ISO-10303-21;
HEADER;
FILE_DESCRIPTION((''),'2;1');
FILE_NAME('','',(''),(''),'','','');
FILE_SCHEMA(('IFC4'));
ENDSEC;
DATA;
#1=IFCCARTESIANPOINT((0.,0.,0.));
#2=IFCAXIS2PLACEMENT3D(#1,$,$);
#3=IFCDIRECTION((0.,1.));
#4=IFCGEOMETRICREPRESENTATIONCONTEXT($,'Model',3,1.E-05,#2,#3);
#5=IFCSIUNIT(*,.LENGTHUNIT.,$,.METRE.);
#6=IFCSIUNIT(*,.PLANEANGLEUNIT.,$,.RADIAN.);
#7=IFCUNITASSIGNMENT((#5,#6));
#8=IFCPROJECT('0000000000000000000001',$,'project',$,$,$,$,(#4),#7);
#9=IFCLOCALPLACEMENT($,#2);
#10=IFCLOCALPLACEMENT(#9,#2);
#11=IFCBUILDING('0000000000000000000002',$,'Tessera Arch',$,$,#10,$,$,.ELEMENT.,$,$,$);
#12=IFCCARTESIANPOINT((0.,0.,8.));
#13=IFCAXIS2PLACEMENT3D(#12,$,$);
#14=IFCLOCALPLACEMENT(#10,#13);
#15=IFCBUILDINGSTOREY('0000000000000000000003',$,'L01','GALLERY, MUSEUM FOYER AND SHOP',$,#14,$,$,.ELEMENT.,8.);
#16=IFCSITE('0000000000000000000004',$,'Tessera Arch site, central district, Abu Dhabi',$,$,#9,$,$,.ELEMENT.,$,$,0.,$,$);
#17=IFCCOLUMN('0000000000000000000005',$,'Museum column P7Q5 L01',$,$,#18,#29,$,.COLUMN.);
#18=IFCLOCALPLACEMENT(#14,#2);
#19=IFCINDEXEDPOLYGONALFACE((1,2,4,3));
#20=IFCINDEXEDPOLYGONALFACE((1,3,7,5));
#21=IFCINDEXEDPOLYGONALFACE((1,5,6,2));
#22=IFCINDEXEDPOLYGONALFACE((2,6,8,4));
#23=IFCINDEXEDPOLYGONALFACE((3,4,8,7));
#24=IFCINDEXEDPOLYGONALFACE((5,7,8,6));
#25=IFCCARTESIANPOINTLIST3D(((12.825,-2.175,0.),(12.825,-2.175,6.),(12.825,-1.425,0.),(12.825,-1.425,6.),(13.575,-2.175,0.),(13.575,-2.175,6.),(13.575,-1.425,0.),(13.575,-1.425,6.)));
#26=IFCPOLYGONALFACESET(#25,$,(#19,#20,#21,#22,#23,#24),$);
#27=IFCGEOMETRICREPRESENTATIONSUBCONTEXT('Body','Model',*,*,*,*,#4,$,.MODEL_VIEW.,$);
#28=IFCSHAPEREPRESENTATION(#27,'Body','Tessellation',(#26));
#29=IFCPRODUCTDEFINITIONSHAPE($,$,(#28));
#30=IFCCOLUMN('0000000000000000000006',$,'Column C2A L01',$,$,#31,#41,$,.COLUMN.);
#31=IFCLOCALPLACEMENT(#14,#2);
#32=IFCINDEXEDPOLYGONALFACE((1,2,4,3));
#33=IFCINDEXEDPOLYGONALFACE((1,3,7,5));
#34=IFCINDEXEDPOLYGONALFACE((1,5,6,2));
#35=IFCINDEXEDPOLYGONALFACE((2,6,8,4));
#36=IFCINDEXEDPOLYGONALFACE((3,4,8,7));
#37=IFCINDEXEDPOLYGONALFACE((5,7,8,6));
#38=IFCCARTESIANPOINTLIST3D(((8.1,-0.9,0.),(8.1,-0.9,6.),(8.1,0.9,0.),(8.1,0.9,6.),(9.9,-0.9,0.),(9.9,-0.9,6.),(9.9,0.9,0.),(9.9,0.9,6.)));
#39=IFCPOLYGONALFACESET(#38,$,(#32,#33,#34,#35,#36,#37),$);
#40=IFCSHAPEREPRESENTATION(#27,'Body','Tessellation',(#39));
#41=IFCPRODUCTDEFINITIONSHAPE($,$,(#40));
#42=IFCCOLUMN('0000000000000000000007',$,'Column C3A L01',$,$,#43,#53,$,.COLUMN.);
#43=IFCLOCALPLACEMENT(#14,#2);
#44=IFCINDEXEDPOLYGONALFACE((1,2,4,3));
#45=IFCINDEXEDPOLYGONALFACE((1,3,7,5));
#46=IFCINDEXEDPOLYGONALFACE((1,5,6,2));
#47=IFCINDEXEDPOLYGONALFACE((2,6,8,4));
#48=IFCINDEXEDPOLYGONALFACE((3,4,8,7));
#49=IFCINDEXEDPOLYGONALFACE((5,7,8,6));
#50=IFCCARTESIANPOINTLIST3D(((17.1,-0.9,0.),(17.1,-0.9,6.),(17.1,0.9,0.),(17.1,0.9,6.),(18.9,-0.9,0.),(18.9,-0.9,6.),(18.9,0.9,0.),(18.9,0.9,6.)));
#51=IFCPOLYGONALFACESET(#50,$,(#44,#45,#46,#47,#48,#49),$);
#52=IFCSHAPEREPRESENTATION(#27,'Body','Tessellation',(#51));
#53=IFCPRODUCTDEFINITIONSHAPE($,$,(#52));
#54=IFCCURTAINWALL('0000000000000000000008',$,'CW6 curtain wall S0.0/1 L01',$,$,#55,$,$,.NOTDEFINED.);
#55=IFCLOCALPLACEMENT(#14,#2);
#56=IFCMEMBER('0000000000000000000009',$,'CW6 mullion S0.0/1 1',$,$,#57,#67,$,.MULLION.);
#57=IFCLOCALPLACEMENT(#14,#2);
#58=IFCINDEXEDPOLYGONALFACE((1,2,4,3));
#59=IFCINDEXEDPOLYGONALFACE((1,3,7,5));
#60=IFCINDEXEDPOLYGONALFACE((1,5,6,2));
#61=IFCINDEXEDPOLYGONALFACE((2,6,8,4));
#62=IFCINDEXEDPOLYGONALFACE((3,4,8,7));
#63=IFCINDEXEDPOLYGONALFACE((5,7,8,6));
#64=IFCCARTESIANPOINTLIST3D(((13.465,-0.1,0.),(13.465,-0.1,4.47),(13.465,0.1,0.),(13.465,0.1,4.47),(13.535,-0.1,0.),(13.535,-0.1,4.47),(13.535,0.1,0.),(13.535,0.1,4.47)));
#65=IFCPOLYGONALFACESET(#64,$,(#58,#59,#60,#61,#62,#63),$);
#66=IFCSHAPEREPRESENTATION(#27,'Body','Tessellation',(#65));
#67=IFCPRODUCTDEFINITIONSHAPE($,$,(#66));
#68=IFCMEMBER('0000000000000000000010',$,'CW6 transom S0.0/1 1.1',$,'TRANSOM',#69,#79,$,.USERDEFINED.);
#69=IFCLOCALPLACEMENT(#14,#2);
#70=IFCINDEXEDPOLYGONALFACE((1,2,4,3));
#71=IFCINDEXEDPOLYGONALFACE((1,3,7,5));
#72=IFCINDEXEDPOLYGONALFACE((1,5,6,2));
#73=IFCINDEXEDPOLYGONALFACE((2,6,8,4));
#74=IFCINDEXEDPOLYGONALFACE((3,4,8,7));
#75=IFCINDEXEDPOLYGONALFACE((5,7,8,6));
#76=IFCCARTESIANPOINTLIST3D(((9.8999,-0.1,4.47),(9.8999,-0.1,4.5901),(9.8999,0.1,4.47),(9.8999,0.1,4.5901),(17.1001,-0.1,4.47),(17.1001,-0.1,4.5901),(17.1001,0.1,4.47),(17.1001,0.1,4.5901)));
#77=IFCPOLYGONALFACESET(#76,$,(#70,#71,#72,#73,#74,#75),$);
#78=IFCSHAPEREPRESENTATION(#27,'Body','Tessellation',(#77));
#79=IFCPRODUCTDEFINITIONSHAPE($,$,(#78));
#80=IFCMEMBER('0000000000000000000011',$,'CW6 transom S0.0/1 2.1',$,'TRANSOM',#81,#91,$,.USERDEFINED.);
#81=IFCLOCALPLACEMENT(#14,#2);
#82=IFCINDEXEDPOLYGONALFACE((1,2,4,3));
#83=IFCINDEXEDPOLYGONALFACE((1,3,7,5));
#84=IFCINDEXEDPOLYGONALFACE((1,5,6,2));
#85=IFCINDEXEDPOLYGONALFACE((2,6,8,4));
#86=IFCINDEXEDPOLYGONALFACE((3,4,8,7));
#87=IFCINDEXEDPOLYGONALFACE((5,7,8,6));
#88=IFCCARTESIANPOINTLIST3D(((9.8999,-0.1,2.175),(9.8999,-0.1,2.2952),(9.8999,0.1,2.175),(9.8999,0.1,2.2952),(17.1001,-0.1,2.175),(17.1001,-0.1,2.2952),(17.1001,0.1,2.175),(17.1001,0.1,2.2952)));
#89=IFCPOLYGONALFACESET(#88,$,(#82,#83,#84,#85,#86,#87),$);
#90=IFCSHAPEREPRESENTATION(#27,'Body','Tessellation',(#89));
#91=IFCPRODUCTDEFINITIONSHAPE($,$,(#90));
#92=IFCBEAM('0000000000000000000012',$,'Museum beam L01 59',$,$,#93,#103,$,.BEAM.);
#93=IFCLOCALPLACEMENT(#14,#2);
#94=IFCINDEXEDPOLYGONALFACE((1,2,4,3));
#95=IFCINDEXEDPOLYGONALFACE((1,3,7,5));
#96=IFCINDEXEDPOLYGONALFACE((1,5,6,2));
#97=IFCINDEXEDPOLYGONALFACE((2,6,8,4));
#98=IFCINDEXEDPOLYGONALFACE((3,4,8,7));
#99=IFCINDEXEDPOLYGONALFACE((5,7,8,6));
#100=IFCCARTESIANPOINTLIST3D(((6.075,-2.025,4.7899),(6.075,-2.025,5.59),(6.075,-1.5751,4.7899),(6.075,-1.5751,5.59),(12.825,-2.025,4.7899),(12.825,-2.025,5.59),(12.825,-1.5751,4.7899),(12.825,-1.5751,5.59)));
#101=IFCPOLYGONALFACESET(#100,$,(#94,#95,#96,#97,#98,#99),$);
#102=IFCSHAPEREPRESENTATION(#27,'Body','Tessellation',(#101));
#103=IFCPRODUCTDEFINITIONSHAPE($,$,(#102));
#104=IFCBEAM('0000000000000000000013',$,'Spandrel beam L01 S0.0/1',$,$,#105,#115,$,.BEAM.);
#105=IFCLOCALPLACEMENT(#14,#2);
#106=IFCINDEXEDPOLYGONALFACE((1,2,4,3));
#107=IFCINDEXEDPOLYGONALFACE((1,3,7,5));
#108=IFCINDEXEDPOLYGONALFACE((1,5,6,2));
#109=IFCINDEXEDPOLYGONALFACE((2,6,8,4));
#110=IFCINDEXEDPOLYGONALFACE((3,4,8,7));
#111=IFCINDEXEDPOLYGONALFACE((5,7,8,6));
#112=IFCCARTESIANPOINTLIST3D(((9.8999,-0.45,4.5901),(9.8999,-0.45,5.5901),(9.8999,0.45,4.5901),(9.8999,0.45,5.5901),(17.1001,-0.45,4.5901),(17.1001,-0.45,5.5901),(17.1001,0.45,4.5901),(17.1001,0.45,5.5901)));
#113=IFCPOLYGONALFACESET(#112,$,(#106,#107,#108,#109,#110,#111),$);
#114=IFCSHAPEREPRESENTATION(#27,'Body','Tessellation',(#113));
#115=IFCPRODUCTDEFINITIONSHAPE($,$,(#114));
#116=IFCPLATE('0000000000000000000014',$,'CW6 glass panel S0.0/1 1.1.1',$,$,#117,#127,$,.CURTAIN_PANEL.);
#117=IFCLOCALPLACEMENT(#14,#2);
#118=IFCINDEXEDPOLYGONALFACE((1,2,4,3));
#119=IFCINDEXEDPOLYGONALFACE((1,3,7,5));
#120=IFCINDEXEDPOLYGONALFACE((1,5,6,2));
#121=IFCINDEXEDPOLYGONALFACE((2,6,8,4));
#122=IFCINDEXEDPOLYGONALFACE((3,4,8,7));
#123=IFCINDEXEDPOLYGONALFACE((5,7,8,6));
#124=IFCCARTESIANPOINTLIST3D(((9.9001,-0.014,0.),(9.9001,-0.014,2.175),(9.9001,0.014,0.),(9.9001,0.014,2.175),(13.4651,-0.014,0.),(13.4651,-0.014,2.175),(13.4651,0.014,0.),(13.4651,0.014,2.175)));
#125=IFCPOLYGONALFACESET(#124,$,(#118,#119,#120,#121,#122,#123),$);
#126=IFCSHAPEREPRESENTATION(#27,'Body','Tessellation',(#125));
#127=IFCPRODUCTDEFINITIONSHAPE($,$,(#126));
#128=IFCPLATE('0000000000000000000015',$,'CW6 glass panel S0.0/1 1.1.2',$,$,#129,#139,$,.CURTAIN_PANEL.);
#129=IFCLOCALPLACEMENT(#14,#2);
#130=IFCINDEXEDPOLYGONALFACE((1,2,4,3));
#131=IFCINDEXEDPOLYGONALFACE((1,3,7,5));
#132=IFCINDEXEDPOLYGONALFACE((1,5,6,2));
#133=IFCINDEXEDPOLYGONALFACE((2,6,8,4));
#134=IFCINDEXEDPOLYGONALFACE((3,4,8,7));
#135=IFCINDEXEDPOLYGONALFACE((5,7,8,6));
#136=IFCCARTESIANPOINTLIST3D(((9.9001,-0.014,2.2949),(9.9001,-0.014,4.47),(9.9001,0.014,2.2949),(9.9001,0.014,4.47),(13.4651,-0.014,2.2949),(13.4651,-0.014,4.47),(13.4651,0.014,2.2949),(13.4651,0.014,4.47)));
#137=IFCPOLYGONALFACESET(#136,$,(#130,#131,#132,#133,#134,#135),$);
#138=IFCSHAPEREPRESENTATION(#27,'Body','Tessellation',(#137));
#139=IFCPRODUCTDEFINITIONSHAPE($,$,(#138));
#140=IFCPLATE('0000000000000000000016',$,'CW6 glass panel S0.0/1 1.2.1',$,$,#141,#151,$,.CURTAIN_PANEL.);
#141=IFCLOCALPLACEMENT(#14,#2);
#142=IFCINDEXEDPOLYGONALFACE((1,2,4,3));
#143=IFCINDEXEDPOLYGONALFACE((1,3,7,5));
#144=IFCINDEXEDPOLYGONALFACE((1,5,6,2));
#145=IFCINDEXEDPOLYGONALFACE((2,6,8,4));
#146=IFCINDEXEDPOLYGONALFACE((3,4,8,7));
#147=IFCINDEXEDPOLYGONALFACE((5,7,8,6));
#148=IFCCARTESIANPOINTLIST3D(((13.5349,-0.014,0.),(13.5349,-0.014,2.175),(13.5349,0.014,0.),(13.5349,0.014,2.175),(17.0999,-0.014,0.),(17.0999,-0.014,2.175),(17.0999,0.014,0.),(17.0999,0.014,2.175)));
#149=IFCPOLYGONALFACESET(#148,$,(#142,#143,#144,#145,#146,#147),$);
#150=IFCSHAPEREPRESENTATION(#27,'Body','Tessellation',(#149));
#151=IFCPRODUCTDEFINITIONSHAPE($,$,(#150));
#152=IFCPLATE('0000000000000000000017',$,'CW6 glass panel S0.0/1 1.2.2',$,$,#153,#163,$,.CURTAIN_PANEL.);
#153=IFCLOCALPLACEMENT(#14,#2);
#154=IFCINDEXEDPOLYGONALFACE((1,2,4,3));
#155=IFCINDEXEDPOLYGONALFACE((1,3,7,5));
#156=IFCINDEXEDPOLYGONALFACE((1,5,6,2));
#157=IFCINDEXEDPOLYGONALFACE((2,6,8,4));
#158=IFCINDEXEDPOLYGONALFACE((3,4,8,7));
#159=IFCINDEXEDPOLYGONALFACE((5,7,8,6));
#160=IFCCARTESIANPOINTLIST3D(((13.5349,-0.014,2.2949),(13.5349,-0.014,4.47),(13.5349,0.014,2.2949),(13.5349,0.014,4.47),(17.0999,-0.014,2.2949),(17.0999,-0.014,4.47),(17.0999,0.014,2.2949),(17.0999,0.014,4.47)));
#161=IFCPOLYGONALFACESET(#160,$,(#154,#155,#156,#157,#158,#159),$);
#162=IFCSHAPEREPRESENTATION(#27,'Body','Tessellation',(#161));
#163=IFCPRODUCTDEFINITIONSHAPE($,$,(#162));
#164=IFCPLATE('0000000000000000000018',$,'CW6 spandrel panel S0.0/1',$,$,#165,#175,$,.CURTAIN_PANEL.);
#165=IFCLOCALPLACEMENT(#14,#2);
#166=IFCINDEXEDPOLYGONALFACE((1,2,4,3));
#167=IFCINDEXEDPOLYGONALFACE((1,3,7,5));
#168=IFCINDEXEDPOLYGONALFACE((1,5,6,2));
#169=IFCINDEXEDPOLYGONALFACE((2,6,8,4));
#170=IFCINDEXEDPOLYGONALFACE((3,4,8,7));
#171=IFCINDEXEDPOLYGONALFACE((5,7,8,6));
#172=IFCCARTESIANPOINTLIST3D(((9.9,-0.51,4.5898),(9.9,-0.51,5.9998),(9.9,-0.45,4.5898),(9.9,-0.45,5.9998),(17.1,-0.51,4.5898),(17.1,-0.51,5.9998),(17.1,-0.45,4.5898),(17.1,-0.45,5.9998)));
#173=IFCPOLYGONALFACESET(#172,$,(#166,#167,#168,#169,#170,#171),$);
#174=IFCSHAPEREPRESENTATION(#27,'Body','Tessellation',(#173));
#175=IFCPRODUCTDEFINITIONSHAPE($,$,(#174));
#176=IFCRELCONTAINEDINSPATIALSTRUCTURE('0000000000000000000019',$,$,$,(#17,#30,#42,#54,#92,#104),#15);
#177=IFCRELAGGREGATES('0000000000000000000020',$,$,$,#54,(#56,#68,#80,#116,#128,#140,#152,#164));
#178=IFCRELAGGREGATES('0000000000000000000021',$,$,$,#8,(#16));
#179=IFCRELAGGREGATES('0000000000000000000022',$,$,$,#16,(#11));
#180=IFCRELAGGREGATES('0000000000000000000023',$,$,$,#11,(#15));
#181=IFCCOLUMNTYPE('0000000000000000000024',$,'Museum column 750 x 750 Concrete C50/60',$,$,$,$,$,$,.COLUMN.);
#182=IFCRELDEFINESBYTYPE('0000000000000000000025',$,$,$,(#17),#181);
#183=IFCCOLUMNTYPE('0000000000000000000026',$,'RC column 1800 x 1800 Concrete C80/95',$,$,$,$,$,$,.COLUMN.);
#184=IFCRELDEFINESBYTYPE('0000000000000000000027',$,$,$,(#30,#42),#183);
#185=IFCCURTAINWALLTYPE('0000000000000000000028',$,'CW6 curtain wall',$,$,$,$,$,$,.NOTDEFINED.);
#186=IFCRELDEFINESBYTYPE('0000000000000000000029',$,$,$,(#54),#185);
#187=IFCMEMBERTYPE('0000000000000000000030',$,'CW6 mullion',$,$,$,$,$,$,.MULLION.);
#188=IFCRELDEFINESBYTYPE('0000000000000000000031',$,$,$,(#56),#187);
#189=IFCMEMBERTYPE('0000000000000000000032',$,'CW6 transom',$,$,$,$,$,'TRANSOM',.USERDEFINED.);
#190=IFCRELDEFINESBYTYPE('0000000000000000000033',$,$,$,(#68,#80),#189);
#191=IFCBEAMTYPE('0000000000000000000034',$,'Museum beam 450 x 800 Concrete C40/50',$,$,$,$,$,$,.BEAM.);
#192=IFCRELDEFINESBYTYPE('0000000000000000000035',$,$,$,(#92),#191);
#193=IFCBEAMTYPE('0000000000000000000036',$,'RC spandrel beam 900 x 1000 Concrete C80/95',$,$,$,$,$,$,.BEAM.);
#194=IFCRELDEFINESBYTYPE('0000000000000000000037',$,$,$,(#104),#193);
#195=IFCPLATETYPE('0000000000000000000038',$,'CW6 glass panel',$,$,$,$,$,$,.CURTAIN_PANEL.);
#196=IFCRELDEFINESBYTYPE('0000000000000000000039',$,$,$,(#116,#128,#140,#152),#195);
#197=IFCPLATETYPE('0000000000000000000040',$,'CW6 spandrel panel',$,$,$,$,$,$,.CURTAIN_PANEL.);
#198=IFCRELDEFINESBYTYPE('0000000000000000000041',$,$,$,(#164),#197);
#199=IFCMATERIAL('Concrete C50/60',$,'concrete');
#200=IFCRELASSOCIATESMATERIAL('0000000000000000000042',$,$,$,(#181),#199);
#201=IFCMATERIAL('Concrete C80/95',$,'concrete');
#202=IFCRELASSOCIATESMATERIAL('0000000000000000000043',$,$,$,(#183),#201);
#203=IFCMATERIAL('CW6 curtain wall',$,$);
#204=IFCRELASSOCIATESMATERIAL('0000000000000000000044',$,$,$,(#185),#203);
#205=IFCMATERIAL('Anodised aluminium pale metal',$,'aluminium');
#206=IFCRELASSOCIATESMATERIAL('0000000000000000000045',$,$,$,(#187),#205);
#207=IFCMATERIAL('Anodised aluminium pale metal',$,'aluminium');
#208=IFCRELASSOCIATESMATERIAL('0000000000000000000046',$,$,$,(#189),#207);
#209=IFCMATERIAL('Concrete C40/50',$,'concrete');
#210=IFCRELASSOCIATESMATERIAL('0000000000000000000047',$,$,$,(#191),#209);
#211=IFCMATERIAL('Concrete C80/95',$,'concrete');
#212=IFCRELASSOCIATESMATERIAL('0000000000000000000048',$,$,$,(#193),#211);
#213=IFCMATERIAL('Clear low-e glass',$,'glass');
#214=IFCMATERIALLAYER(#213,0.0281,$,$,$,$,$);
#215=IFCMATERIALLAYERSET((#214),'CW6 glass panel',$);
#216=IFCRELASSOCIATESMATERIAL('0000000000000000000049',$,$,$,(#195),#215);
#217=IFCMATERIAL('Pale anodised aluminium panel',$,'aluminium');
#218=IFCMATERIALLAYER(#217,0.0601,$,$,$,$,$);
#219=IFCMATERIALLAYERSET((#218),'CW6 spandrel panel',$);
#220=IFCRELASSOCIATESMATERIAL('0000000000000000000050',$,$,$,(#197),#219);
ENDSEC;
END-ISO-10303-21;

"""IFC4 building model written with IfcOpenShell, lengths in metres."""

from ifc_helpers import new_model, si_unit, direction, frame, origin, origin_2d, place, context, subcontext, project, spatial, rectangle, extrude, material, layer, layer_set, material_profile, profile_set, type_object, element, aggregate, save


model = new_model("IFC4")

# Units and contexts
model_context = context("Model", 3, precision=1e-05, world=origin(), true_north=direction((0.0, 1.0)))
body_context = subcontext(model_context, "Body", "Model", "MODEL_VIEW")
ifc_project = project(units=[si_unit("LENGTHUNIT", "METRE"), si_unit("PLANEANGLEUNIT", "RADIAN")], contexts=[model_context])

# Site, building, storey
site_placement = place(None, origin())
site = spatial("IfcSite", under=ifc_project, at=site_placement, Name="Tessera Arch site, central district, Abu Dhabi", CompositionType="ELEMENT", RefElevation=0.0)
building_placement = place(site_placement, origin())
building = spatial("IfcBuilding", under=site, at=building_placement, Name="Tessera Arch", CompositionType="ELEMENT")
storey_placement = place(building_placement, frame((0.0, 0.0, 8.0)))
storey = spatial("IfcBuildingStorey", under=building, at=storey_placement, Name="L01", Description="GALLERY, MUSEUM FOYER AND SHOP", CompositionType="ELEMENT", Elevation=8.0)

# Columns
ifc_material_1 = material(Name="Concrete C50/60", Category="concrete")
ifc_material_profile_1 = material_profile(ifc_material_1, rectangle(XDim=0.75, YDim=0.75, at=origin_2d()), Name="Museum column 750 x 750 Concrete C50/60")
ifc_profile_set_1 = profile_set([ifc_material_profile_1], Name="Concrete C50/60")
column_type_1 = type_object("IfcColumnType", Name="Museum column 750 x 750 Concrete C50/60", PredefinedType="COLUMN", material=ifc_profile_set_1)
column_placement = place(storey_placement, frame((13.2, -1.8, 0.0), z_axis=(0.0, 0.0, 1.0), x_axis=(1.0, 0.0, 0.0)))
element("IfcColumn", 1, at=column_placement, inside=storey, type_object=column_type_1, Name="Museum column P7Q5 L01", PredefinedType="COLUMN", context=body_context, shape_type="SweptSolid", body=[
    extrude(rectangle(XDim=0.75, YDim=0.75, at=origin_2d()), origin(), (0.0, 0.0, 1.0), 6.0),
])
ifc_material_2 = material(Name="Concrete C80/95", Category="concrete")
ifc_material_profile_2 = material_profile(ifc_material_2, rectangle(XDim=1.8, YDim=1.8, at=origin_2d()), Name="RC column 1800 x 1800 Concrete C80/95")
ifc_profile_set_2 = profile_set([ifc_material_profile_2], Name="Concrete C80/95")
column_type_2 = type_object("IfcColumnType", Name="RC column 1800 x 1800 Concrete C80/95", PredefinedType="COLUMN", material=ifc_profile_set_2)
for number, where, z_axis, x_axis, name in (
    (2, (9.0, 0.0, 0.0), (0.0, 0.0, 1.0), (1.0, 0.0, 0.0), "Column C2A L01"),
    (3, (18.0, 0.0, 0.0), (0.0, 0.0, 1.0), (1.0, 0.0, 0.0), "Column C3A L01"),
):
    element("IfcColumn", number, at=place(storey_placement, frame(where, z_axis=z_axis, x_axis=x_axis)), inside=storey, type_object=column_type_2, Name=name, PredefinedType="COLUMN", context=body_context, shape_type="SweptSolid", body=[
        extrude(rectangle(XDim=1.8, YDim=1.8, at=origin_2d()), origin(), (0.0, 0.0, 1.0), 6.0),
    ])

# Curtain wall, members
ifc_material_3 = material(Name="CW6 curtain wall")
curtain_wall_type = type_object("IfcCurtainWallType", Name="CW6 curtain wall", PredefinedType="NOTDEFINED", material=ifc_material_3)
curtain_wall_placement = place(storey_placement, origin())
curtain_wall = element("IfcCurtainWall", 4, at=curtain_wall_placement, inside=storey, type_object=curtain_wall_type, Name="CW6 curtain wall S0.0/1 L01", PredefinedType="NOTDEFINED")
ifc_material_4 = material(Name="Anodised aluminium pale metal", Category="aluminium")
ifc_material_profile_3 = material_profile(ifc_material_4, rectangle(XDim=0.2, YDim=0.0701, at=origin_2d()), Name="AL 70x200")
ifc_profile_set_3 = profile_set([ifc_material_profile_3], Name="Anodised aluminium pale metal")
member_type_1 = type_object("IfcMemberType", Name="CW6 mullion", PredefinedType="MULLION", material=ifc_profile_set_3)
member_1_placement = place(storey_placement, frame((13.5, 0.0, 0.0), z_axis=(0.0, 0.0, 1.0), x_axis=(0.0, 1.0, 0.0)))
member_1 = element("IfcMember", 5, at=member_1_placement, type_object=member_type_1, Name="CW6 mullion S0.0/1 1", PredefinedType="MULLION", context=body_context, shape_type="SweptSolid", body=[
    extrude(rectangle(XDim=0.2, YDim=0.0701, at=origin_2d()), origin(), (0.0, 0.0, 1.0), 4.47),
])
ifc_material_5 = material(Name="Anodised aluminium pale metal", Category="aluminium")
ifc_material_profile_4 = material_profile(ifc_material_5, rectangle(XDim=0.2, YDim=0.1201, at=origin_2d()), Name="AL 200x120")
ifc_profile_set_4 = profile_set([ifc_material_profile_4], Name="Anodised aluminium pale metal")
member_type_2 = type_object("IfcMemberType", Name="CW6 transom", ElementType="TRANSOM", PredefinedType="USERDEFINED", material=ifc_profile_set_4)
member_2_placement = place(storey_placement, frame((9.8999, 0.0, 4.53), z_axis=(1.0, 0.0, 0.0), x_axis=(0.0, 1.0, 0.0)))
member_2 = element("IfcMember", 6, at=member_2_placement, type_object=member_type_2, Name="CW6 transom S0.0/1 1.1", ObjectType="TRANSOM", PredefinedType="USERDEFINED", context=body_context, shape_type="SweptSolid", body=[
    extrude(rectangle(XDim=0.2, YDim=0.1201, at=origin_2d()), origin(), (0.0, 0.0, 1.0), 7.2002),
])
member_3_placement = place(storey_placement, frame((9.8999, 0.0, 2.2351), z_axis=(1.0, 0.0, 0.0), x_axis=(0.0, 1.0, 0.0)))
member_3 = element("IfcMember", 7, at=member_3_placement, type_object=member_type_2, Name="CW6 transom S0.0/1 2.1", ObjectType="TRANSOM", PredefinedType="USERDEFINED", context=body_context, shape_type="SweptSolid", body=[
    extrude(rectangle(XDim=0.2, YDim=0.1201, at=origin_2d()), origin(), (0.0, 0.0, 1.0), 7.2002),
])

# Beams
ifc_material_6 = material(Name="Concrete C40/50", Category="concrete")
ifc_material_profile_5 = material_profile(ifc_material_6, rectangle(XDim=0.45, YDim=0.8, at=origin_2d()), Name="Museum beam 450 x 800 Concrete C40/50")
ifc_profile_set_5 = profile_set([ifc_material_profile_5], Name="Concrete C40/50")
beam_type_1 = type_object("IfcBeamType", Name="Museum beam 450 x 800 Concrete C40/50", PredefinedType="BEAM", material=ifc_profile_set_5)
beam_1_placement = place(storey_placement, frame((6.075, -1.8, 5.1899), z_axis=(1.0, 0.0, 0.0), x_axis=(0.0, 1.0, 0.0)))
element("IfcBeam", 8, at=beam_1_placement, inside=storey, type_object=beam_type_1, Name="Museum beam L01 59", PredefinedType="BEAM", context=body_context, shape_type="SweptSolid", body=[
    extrude(rectangle(XDim=0.45, YDim=0.8, at=origin_2d()), origin(), (0.0, 0.0, 1.0), 6.75),
])
ifc_material_7 = material(Name="Concrete C80/95", Category="concrete")
ifc_material_profile_6 = material_profile(ifc_material_7, rectangle(XDim=0.8999, YDim=1.0, at=origin_2d()), Name="RC spandrel beam 900 x 1000 Concrete C80/95")
ifc_profile_set_6 = profile_set([ifc_material_profile_6], Name="Concrete C80/95")
beam_type_2 = type_object("IfcBeamType", Name="RC spandrel beam 900 x 1000 Concrete C80/95", PredefinedType="BEAM", material=ifc_profile_set_6)
beam_2_placement = place(storey_placement, frame((9.8999, 0.0, 5.0901), z_axis=(1.0, 0.0, 0.0), x_axis=(0.0, 1.0, 0.0)))
element("IfcBeam", 9, at=beam_2_placement, inside=storey, type_object=beam_type_2, Name="Spandrel beam L01 S0.0/1", PredefinedType="BEAM", context=body_context, shape_type="SweptSolid", body=[
    extrude(rectangle(XDim=0.8999, YDim=1.0, at=origin_2d()), origin(), (0.0, 0.0, 1.0), 7.2002),
])

# Plates
ifc_material_8 = material(Name="Clear low-e glass", Category="glass")
ifc_layer_1 = layer(ifc_material_8, 0.0281)
ifc_layer_set_1 = layer_set([ifc_layer_1], Name="CW6 glass panel")
plate_type_1 = type_object("IfcPlateType", Name="CW6 glass panel", PredefinedType="CURTAIN_PANEL", material=ifc_layer_set_1)
plate_1_placement = place(storey_placement, frame((11.6826, 0.0, 0.0), z_axis=(0.0, 0.0, 1.0), x_axis=(1.0, 0.0, 0.0)))
plate_1 = element("IfcPlate", 10, at=plate_1_placement, type_object=plate_type_1, Name="CW6 glass panel S0.0/1 1.1.1", PredefinedType="CURTAIN_PANEL", context=body_context, shape_type="SweptSolid", body=[
    extrude(rectangle(XDim=3.5649, YDim=0.0281, at=origin_2d()), origin(), (0.0, 0.0, 1.0), 2.175),
])
plate_2_placement = place(storey_placement, frame((11.6826, 0.0, 2.2949), z_axis=(0.0, 0.0, 1.0), x_axis=(1.0, 0.0, 0.0)))
plate_2 = element("IfcPlate", 11, at=plate_2_placement, type_object=plate_type_1, Name="CW6 glass panel S0.0/1 1.1.2", PredefinedType="CURTAIN_PANEL", context=body_context, shape_type="SweptSolid", body=[
    extrude(rectangle(XDim=3.5649, YDim=0.0281, at=origin_2d()), origin(), (0.0, 0.0, 1.0), 2.175),
])
plate_3_placement = place(storey_placement, frame((15.3174, 0.0, 0.0), z_axis=(0.0, 0.0, 1.0), x_axis=(1.0, 0.0, 0.0)))
plate_3 = element("IfcPlate", 12, at=plate_3_placement, type_object=plate_type_1, Name="CW6 glass panel S0.0/1 1.2.1", PredefinedType="CURTAIN_PANEL", context=body_context, shape_type="SweptSolid", body=[
    extrude(rectangle(XDim=3.5649, YDim=0.0281, at=origin_2d()), origin(), (0.0, 0.0, 1.0), 2.175),
])
plate_4_placement = place(storey_placement, frame((15.3174, 0.0, 2.2949), z_axis=(0.0, 0.0, 1.0), x_axis=(1.0, 0.0, 0.0)))
plate_4 = element("IfcPlate", 13, at=plate_4_placement, type_object=plate_type_1, Name="CW6 glass panel S0.0/1 1.2.2", PredefinedType="CURTAIN_PANEL", context=body_context, shape_type="SweptSolid", body=[
    extrude(rectangle(XDim=3.5649, YDim=0.0281, at=origin_2d()), origin(), (0.0, 0.0, 1.0), 2.175),
])
ifc_material_9 = material(Name="Pale anodised aluminium panel", Category="aluminium")
ifc_layer_2 = layer(ifc_material_9, 0.0601)
ifc_layer_set_2 = layer_set([ifc_layer_2], Name="CW6 spandrel panel")
plate_type_2 = type_object("IfcPlateType", Name="CW6 spandrel panel", PredefinedType="CURTAIN_PANEL", material=ifc_layer_set_2)
plate_5_placement = place(storey_placement, frame((13.5, -0.48, 4.5898), z_axis=(0.0, 0.0, 1.0), x_axis=(1.0, 0.0, 0.0)))
plate_5 = element("IfcPlate", 14, at=plate_5_placement, type_object=plate_type_2, Name="CW6 spandrel panel S0.0/1", PredefinedType="CURTAIN_PANEL", context=body_context, shape_type="SweptSolid", body=[
    extrude(rectangle(XDim=7.2, YDim=0.0601, at=origin_2d()), origin(), (0.0, 0.0, 1.0), 1.4099),
])
aggregate(curtain_wall, [member_1, member_2, member_3, plate_1, plate_2, plate_3, plate_4, plate_5])

save(model, "model.ifc")
